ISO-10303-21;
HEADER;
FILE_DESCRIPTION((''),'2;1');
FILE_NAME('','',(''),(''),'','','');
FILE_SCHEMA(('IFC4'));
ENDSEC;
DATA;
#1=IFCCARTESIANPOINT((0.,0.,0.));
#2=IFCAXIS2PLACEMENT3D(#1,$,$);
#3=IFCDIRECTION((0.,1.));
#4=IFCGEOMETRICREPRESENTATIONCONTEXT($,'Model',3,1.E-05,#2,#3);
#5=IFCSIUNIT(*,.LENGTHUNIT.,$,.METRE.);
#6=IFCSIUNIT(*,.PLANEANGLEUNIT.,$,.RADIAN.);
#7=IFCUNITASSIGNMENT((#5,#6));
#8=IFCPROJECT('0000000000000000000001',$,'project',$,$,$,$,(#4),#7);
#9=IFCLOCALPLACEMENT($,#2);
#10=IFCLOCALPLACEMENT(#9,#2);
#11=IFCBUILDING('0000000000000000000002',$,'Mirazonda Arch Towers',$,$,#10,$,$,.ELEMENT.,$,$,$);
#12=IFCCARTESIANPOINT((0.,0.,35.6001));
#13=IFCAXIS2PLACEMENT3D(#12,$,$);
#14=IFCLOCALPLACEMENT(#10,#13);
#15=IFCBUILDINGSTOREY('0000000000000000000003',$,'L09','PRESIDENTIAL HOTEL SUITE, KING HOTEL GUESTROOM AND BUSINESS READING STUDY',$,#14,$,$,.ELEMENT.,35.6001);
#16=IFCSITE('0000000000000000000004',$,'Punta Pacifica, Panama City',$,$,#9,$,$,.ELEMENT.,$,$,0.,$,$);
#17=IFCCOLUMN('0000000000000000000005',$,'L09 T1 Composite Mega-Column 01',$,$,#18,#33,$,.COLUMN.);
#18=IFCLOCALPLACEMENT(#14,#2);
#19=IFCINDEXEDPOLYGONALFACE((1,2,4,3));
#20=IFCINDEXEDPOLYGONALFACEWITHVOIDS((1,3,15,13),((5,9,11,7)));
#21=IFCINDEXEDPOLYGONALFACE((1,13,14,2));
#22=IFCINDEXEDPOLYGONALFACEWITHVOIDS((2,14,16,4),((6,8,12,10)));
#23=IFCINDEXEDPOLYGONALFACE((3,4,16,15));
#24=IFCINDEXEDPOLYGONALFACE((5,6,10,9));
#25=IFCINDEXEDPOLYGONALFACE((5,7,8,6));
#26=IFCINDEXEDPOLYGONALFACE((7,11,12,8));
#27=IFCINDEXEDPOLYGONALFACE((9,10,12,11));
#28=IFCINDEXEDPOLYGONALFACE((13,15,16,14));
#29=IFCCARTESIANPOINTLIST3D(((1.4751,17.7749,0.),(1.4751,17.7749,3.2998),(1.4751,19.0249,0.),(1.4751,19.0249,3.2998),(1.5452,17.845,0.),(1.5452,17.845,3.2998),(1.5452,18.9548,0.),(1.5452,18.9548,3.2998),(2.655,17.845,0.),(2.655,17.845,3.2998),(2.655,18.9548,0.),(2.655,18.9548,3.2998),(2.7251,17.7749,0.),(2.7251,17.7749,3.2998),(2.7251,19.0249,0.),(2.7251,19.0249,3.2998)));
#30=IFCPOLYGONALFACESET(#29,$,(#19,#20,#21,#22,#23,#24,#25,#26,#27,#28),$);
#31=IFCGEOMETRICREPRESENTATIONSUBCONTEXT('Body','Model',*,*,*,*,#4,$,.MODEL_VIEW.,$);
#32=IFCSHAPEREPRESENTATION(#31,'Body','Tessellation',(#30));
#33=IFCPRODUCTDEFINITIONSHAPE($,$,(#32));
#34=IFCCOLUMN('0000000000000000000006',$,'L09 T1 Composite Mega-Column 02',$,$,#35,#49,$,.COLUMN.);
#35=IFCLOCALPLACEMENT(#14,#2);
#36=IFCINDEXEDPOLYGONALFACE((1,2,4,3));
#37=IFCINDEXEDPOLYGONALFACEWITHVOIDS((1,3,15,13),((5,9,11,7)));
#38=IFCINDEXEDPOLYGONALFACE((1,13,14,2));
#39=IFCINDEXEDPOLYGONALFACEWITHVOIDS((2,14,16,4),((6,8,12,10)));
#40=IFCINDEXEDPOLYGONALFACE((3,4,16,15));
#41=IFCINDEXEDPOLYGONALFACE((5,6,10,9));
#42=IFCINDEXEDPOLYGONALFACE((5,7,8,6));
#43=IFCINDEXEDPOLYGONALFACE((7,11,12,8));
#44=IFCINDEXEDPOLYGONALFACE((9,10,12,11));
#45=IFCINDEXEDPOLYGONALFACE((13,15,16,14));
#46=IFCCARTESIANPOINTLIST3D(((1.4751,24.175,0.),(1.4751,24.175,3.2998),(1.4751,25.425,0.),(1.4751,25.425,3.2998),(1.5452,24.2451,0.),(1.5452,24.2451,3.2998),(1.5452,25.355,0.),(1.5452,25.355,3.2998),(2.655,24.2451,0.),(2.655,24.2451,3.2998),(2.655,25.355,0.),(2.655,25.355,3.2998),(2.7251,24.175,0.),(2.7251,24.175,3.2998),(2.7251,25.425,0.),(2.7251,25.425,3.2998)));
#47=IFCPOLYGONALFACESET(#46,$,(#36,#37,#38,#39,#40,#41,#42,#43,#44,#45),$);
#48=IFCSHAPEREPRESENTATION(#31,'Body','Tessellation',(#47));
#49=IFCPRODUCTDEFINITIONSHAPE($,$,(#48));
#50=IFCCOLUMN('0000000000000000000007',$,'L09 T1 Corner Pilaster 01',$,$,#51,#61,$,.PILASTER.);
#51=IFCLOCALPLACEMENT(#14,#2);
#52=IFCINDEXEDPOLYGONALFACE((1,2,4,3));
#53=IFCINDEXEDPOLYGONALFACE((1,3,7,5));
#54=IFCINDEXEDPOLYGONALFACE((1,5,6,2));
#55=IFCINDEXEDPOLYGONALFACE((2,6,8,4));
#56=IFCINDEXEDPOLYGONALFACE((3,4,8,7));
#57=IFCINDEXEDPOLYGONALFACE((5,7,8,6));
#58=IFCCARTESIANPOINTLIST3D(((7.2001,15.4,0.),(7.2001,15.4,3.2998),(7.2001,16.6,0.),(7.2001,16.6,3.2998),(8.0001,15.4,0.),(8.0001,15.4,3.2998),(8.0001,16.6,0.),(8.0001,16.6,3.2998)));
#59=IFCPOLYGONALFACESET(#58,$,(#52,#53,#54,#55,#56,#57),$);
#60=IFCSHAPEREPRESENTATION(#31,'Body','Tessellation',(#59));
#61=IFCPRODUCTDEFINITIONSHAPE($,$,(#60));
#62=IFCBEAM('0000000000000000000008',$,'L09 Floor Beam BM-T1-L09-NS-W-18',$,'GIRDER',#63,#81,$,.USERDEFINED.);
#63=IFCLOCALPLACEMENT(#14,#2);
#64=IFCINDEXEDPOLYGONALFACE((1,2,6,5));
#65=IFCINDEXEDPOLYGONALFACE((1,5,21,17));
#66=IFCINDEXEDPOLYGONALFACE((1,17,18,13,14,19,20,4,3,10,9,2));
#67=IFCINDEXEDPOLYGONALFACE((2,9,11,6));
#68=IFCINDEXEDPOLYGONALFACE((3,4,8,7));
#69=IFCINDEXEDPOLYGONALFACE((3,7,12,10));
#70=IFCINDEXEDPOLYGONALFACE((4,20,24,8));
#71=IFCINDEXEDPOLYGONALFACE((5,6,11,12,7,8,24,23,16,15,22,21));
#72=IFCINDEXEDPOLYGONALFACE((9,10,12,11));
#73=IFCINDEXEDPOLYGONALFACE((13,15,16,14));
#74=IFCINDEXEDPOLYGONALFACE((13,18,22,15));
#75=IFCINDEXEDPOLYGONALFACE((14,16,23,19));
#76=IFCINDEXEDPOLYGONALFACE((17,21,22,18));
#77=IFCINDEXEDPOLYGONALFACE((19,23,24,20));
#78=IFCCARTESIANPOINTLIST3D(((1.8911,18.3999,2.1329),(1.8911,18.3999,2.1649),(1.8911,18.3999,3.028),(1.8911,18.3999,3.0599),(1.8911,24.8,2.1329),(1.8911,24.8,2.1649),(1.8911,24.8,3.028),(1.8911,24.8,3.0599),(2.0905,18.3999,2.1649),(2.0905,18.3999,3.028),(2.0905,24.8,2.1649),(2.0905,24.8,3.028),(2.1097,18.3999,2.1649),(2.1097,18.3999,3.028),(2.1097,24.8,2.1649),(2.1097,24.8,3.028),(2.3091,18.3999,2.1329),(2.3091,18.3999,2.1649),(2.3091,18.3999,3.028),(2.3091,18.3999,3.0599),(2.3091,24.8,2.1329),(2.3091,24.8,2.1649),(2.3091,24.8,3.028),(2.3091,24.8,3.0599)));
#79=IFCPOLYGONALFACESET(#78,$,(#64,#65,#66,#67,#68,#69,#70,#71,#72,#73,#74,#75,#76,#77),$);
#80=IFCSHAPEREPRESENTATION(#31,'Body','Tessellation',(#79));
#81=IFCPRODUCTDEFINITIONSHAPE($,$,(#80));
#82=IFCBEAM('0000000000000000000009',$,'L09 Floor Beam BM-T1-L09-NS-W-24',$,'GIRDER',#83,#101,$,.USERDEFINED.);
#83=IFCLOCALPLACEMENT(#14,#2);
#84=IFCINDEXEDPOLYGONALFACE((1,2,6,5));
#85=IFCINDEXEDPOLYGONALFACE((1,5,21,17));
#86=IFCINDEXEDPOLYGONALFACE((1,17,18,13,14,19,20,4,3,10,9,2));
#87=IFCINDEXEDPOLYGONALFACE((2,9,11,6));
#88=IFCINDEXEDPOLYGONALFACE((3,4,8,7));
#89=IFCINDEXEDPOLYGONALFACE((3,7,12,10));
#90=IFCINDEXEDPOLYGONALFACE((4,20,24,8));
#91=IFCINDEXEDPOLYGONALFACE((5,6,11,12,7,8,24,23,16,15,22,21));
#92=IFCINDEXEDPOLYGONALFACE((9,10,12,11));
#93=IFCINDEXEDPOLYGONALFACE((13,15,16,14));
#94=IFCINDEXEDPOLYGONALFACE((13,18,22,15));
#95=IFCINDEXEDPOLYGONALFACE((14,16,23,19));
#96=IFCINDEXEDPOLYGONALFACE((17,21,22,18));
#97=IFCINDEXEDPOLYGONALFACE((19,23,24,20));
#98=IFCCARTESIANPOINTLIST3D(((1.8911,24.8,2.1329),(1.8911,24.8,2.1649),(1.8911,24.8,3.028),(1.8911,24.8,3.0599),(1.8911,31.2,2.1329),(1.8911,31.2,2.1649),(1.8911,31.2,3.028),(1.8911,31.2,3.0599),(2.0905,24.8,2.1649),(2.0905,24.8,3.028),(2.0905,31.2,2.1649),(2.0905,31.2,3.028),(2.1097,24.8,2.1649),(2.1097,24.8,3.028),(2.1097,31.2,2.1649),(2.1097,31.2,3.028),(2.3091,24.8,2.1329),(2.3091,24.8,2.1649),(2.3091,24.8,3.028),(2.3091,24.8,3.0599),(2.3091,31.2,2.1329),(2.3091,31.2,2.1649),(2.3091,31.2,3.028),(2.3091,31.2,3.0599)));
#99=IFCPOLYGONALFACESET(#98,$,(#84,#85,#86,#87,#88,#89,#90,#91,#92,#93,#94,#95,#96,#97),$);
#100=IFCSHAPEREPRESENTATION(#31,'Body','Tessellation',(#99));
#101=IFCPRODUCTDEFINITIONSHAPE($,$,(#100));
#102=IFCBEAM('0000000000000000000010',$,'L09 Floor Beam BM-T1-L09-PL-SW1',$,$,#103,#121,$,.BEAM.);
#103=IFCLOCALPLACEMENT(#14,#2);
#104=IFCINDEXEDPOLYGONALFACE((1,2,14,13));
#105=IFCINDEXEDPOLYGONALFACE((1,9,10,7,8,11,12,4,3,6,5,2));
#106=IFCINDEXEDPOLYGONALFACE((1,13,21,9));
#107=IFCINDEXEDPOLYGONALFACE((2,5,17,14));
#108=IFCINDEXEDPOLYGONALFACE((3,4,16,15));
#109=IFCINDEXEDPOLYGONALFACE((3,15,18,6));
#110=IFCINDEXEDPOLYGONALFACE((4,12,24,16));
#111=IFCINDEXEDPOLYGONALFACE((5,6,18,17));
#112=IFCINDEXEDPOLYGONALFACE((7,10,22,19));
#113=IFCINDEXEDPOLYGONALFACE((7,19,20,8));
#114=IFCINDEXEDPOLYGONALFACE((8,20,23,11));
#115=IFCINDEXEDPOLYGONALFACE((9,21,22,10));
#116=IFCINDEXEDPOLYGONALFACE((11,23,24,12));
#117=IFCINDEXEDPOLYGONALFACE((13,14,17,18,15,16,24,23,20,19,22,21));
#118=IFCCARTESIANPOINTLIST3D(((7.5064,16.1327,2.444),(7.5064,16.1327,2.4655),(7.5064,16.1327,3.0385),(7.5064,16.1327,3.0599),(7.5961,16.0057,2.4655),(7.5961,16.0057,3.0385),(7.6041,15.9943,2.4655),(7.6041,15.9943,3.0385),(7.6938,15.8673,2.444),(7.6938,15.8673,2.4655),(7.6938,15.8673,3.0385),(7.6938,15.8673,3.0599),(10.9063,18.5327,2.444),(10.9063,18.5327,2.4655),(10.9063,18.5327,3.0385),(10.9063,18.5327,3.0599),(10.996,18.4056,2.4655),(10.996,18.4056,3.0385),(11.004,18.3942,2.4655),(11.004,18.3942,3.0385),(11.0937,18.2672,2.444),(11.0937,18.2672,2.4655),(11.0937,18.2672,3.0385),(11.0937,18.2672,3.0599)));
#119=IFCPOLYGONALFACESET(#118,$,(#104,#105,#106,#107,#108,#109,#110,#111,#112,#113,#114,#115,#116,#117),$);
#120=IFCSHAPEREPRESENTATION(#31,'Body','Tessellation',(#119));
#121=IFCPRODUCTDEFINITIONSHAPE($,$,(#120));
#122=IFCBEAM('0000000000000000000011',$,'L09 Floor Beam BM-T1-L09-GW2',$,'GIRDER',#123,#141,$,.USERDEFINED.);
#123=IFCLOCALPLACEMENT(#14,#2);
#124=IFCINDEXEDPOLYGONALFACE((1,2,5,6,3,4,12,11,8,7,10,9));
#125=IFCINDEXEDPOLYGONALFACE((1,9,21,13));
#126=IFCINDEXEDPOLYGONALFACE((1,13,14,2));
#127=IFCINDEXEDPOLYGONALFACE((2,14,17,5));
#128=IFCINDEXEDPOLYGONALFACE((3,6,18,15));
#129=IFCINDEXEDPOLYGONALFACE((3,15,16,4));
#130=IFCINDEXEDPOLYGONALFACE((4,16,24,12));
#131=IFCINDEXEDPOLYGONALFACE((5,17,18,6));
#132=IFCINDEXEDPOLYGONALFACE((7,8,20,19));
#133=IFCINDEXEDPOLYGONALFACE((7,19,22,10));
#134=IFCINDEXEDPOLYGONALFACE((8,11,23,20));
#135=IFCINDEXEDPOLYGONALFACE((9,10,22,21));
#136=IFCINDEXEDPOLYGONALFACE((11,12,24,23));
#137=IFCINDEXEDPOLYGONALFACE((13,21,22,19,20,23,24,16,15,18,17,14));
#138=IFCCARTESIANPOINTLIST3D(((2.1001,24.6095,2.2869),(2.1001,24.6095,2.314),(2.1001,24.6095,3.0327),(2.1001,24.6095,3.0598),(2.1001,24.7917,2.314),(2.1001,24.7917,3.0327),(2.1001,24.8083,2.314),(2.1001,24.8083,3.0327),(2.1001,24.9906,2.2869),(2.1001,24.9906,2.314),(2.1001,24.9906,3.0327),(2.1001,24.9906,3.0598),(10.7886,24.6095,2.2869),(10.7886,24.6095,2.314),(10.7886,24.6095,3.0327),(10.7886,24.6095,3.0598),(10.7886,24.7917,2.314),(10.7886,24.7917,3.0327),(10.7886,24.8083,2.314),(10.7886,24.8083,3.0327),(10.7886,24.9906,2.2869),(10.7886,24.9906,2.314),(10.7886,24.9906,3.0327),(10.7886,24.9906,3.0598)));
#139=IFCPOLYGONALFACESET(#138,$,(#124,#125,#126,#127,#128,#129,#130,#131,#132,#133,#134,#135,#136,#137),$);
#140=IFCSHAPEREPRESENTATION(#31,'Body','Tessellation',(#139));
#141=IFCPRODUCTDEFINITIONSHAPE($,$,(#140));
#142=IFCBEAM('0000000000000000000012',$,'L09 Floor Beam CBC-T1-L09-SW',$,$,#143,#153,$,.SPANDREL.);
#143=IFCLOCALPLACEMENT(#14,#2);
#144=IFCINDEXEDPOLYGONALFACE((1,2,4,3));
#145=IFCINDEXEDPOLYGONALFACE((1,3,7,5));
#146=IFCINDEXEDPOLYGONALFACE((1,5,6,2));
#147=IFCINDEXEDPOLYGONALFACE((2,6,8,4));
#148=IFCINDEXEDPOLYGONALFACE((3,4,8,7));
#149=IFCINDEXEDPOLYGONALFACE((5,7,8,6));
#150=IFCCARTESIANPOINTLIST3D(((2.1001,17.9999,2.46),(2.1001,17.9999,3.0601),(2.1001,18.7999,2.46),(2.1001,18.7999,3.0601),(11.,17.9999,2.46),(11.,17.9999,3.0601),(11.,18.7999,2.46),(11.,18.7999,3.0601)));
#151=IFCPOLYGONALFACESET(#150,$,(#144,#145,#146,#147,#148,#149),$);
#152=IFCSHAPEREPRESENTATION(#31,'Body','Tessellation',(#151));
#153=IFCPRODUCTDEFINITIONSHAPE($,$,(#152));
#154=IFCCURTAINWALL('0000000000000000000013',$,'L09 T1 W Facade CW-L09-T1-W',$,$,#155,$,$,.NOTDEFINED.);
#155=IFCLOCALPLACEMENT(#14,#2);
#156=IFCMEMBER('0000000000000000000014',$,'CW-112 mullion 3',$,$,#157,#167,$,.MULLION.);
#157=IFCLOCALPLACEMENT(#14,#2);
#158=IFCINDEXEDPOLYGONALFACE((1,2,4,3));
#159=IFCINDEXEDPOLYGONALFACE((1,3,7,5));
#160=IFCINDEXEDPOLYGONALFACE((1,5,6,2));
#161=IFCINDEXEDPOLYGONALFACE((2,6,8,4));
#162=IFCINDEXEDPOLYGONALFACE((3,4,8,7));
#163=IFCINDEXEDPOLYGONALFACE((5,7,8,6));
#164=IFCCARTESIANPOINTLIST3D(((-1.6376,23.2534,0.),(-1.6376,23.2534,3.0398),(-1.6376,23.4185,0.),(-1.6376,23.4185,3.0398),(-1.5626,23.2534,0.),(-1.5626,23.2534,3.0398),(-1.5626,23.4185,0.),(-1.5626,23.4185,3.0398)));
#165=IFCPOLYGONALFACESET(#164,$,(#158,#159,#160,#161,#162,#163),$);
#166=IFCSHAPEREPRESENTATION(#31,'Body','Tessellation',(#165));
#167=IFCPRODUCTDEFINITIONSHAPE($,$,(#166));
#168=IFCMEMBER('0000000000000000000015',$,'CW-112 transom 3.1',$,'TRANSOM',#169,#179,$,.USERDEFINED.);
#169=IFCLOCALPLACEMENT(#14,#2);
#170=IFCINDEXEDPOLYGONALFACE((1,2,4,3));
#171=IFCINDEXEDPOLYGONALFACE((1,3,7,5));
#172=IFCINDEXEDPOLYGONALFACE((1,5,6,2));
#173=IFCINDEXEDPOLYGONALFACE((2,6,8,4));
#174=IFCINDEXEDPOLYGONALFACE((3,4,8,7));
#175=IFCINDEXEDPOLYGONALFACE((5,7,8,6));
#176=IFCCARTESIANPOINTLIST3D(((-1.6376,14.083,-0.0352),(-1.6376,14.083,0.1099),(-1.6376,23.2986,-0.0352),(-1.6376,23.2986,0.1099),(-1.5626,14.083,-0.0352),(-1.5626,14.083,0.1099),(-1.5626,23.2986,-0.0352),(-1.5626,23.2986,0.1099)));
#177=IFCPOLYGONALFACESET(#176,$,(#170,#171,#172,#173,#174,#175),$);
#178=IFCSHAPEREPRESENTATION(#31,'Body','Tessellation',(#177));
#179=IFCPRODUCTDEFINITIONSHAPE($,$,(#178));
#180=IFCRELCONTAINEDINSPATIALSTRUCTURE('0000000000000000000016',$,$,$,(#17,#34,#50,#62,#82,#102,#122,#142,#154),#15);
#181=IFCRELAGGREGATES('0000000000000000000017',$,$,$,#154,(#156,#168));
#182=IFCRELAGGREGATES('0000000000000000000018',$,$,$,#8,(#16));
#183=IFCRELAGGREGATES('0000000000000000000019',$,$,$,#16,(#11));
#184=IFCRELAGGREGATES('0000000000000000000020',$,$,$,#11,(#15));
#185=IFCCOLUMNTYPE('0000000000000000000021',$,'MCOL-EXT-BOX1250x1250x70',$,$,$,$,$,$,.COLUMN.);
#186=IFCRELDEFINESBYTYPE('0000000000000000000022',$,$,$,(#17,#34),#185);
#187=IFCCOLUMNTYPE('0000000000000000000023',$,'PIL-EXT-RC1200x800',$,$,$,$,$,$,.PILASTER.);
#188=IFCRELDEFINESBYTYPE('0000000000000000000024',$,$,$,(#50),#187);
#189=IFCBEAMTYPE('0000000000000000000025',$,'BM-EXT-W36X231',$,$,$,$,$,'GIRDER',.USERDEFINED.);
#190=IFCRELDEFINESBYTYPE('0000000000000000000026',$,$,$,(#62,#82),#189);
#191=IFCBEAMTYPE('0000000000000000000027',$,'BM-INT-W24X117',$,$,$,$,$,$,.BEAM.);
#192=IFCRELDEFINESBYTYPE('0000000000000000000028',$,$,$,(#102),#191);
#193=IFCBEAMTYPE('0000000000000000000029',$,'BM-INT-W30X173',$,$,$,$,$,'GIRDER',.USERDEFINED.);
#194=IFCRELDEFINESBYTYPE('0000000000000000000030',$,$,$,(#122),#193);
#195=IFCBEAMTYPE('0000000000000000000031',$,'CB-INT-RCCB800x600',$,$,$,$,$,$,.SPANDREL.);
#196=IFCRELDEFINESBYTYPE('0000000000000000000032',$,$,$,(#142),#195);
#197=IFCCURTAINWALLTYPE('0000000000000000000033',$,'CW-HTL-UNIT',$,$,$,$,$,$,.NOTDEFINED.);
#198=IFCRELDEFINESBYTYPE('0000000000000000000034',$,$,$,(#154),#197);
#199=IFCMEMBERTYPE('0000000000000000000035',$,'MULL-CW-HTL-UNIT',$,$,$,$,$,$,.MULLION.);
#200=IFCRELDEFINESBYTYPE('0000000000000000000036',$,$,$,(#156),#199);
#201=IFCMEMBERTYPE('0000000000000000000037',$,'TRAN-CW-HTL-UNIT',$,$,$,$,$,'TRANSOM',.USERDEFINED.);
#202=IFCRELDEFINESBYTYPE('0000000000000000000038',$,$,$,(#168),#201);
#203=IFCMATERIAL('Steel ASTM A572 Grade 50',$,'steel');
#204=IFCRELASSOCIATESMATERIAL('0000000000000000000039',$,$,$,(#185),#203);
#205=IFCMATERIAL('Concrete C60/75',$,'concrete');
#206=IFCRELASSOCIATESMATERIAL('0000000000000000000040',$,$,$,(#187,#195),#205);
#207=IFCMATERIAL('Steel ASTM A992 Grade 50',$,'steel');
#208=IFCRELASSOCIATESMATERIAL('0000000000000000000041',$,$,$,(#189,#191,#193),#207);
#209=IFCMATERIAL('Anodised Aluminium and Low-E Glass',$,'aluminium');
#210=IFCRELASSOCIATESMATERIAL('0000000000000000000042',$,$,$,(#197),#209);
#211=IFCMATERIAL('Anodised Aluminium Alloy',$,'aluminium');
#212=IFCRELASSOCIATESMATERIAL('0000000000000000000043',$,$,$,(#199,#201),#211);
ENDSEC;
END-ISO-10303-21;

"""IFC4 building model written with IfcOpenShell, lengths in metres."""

from ifc_helpers import new_model, si_unit, direction, frame, origin, origin_2d, place, context, subcontext, project, spatial, rectangle, hollow_rectangle, i_section, extrude, material, material_profile, profile_set, type_object, element, aggregate, save


model = new_model("IFC4")

# Units and contexts
model_context = context("Model", 3, precision=1e-05, world=origin(), true_north=direction((0.0, 1.0)))
body_context = subcontext(model_context, "Body", "Model", "MODEL_VIEW")
ifc_project = project(units=[si_unit("LENGTHUNIT", "METRE"), si_unit("PLANEANGLEUNIT", "RADIAN")], contexts=[model_context])

# Site, building, storey
site_placement = place(None, origin())
site = spatial("IfcSite", under=ifc_project, at=site_placement, Name="Punta Pacifica, Panama City", CompositionType="ELEMENT", RefElevation=0.0)
building_placement = place(site_placement, origin())
building = spatial("IfcBuilding", under=site, at=building_placement, Name="Mirazonda Arch Towers", CompositionType="ELEMENT")
storey_placement = place(building_placement, frame((0.0, 0.0, 35.6001)))
storey = spatial("IfcBuildingStorey", under=building, at=storey_placement, Name="L09", Description="PRESIDENTIAL HOTEL SUITE, KING HOTEL GUESTROOM AND BUSINESS READING STUDY", CompositionType="ELEMENT", Elevation=35.6001)

# Columns
ifc_material_1 = material(Name="Steel ASTM A572 Grade 50", Category="steel")
ifc_material_profile_1 = material_profile(ifc_material_1, hollow_rectangle(XDim=1.25, YDim=1.25, WallThickness=0.0701, at=origin_2d()), Name="BOX1250x1250x70")
ifc_profile_set_1 = profile_set([ifc_material_profile_1], Name="Steel ASTM A572 Grade 50")
column_type_1 = type_object("IfcColumnType", Name="MCOL-EXT-BOX1250x1250x70", PredefinedType="COLUMN", material=ifc_profile_set_1)
for number, where, z_axis, x_axis, name in (
    (1, (2.1001, 18.3999, 0.0), (0.0, 0.0, 1.0), (1.0, 0.0, 0.0), "L09 T1 Composite Mega-Column 01"),
    (2, (2.1001, 24.8, 0.0), (0.0, 0.0, 1.0), (1.0, 0.0, 0.0), "L09 T1 Composite Mega-Column 02"),
):
    element("IfcColumn", number, at=place(storey_placement, frame(where, z_axis=z_axis, x_axis=x_axis)), inside=storey, type_object=column_type_1, Name=name, PredefinedType="COLUMN", context=body_context, shape_type="SweptSolid", body=[
        extrude(hollow_rectangle(XDim=1.25, YDim=1.25, WallThickness=0.0701, at=origin_2d()), origin(), (0.0, 0.0, 1.0), 3.2998),
    ])
ifc_material_2 = material(Name="Concrete C60/75", Category="concrete")
ifc_material_profile_2 = material_profile(ifc_material_2, rectangle(XDim=0.8, YDim=1.2, at=origin_2d()), Name="RC1200x800")
ifc_profile_set_2 = profile_set([ifc_material_profile_2], Name="Concrete C60/75")
column_type_2 = type_object("IfcColumnType", Name="PIL-EXT-RC1200x800", PredefinedType="PILASTER", material=ifc_profile_set_2)
column_placement = place(storey_placement, frame((7.6001, 16.0, 0.0), z_axis=(0.0, 0.0, 1.0), x_axis=(1.0, 0.0, 0.0)))
element("IfcColumn", 3, at=column_placement, inside=storey, type_object=column_type_2, Name="L09 T1 Corner Pilaster 01", PredefinedType="PILASTER", context=body_context, shape_type="SweptSolid", body=[
    extrude(rectangle(XDim=0.8, YDim=1.2, at=origin_2d()), origin(), (0.0, 0.0, 1.0), 3.2998),
])

# Beams
ifc_material_3 = material(Name="Steel ASTM A992 Grade 50", Category="steel")
ifc_material_profile_3 = material_profile(ifc_material_3, i_section(OverallWidth=0.418, OverallDepth=0.927, WebThickness=0.0193, FlangeThickness=0.032, at=origin_2d()), Name="W36X231")
ifc_profile_set_3 = profile_set([ifc_material_profile_3], Name="Steel ASTM A992 Grade 50")
beam_type_1 = type_object("IfcBeamType", Name="BM-EXT-W36X231", ElementType="GIRDER", PredefinedType="USERDEFINED", material=ifc_profile_set_3)
beam_1_placement = place(storey_placement, frame((2.1001, 18.3999, 2.5964), z_axis=(0.0, 1.0, 0.0), x_axis=(-1.0, 0.0, 0.0)))
element("IfcBeam", 4, at=beam_1_placement, inside=storey, type_object=beam_type_1, Name="L09 Floor Beam BM-T1-L09-NS-W-18", ObjectType="GIRDER", PredefinedType="USERDEFINED", context=body_context, shape_type="SweptSolid", body=[
    extrude(i_section(OverallWidth=0.418, OverallDepth=0.927, WebThickness=0.0193, FlangeThickness=0.032, at=origin_2d()), origin(), (0.0, 0.0, 1.0), 6.4001),
])
beam_2_placement = place(storey_placement, frame((2.1001, 24.8, 2.5964), z_axis=(0.0, 1.0, 0.0), x_axis=(-1.0, 0.0, 0.0)))
element("IfcBeam", 5, at=beam_2_placement, inside=storey, type_object=beam_type_1, Name="L09 Floor Beam BM-T1-L09-NS-W-24", ObjectType="GIRDER", PredefinedType="USERDEFINED", context=body_context, shape_type="SweptSolid", body=[
    extrude(i_section(OverallWidth=0.418, OverallDepth=0.927, WebThickness=0.0193, FlangeThickness=0.032, at=origin_2d()), origin(), (0.0, 0.0, 1.0), 6.3999),
])
ifc_material_profile_4 = material_profile(ifc_material_3, i_section(OverallWidth=0.325, OverallDepth=0.616, WebThickness=0.0139, FlangeThickness=0.0215, at=origin_2d()), Name="W24X117")
ifc_profile_set_4 = profile_set([ifc_material_profile_4], Name="Steel ASTM A992 Grade 50")
beam_type_2 = type_object("IfcBeamType", Name="BM-INT-W24X117", PredefinedType="BEAM", material=ifc_profile_set_4)
beam_3_placement = place(storey_placement, frame((7.6001, 16.0, 2.752), z_axis=(0.816971, 0.576679, 0.0), x_axis=(-0.576679, 0.816971, 0.0)))
element("IfcBeam", 6, at=beam_3_placement, inside=storey, type_object=beam_type_2, Name="L09 Floor Beam BM-T1-L09-PL-SW1", PredefinedType="BEAM", context=body_context, shape_type="SweptSolid", body=[
    extrude(i_section(OverallWidth=0.325, OverallDepth=0.616, WebThickness=0.0139, FlangeThickness=0.0215, at=origin_2d()), origin(), (0.0, 0.0, 1.0), 4.1616),
])
ifc_material_profile_5 = material_profile(ifc_material_3, i_section(OverallWidth=0.3811, OverallDepth=0.7729, WebThickness=0.0166, FlangeThickness=0.0271, at=origin_2d()), Name="W30X173")
ifc_profile_set_5 = profile_set([ifc_material_profile_5], Name="Steel ASTM A992 Grade 50")
beam_type_3 = type_object("IfcBeamType", Name="BM-INT-W30X173", ElementType="GIRDER", PredefinedType="USERDEFINED", material=ifc_profile_set_5)
beam_4_placement = place(storey_placement, frame((2.1001, 24.8, 2.6733), z_axis=(1.0, 0.0, 0.0), x_axis=(0.0, 1.0, 0.0)))
element("IfcBeam", 7, at=beam_4_placement, inside=storey, type_object=beam_type_3, Name="L09 Floor Beam BM-T1-L09-GW2", ObjectType="GIRDER", PredefinedType="USERDEFINED", context=body_context, shape_type="SweptSolid", body=[
    extrude(i_section(OverallWidth=0.3811, OverallDepth=0.7729, WebThickness=0.0166, FlangeThickness=0.0271, at=origin_2d()), origin(), (0.0, 0.0, 1.0), 8.6885),
])
ifc_material_profile_6 = material_profile(ifc_material_2, rectangle(XDim=0.8, YDim=0.6001, at=origin_2d()), Name="RCCB800x600")
ifc_profile_set_6 = profile_set([ifc_material_profile_6], Name="Concrete C60/75")
beam_type_4 = type_object("IfcBeamType", Name="CB-INT-RCCB800x600", PredefinedType="SPANDREL", material=ifc_profile_set_6)
beam_5_placement = place(storey_placement, frame((2.1001, 18.3999, 2.76), z_axis=(1.0, 0.0, 0.0), x_axis=(0.0, 1.0, 0.0)))
element("IfcBeam", 8, at=beam_5_placement, inside=storey, type_object=beam_type_4, Name="L09 Floor Beam CBC-T1-L09-SW", PredefinedType="SPANDREL", context=body_context, shape_type="SweptSolid", body=[
    extrude(rectangle(XDim=0.8, YDim=0.6001, at=origin_2d()), origin(), (0.0, 0.0, 1.0), 8.8999),
])

# Curtain wall, members
ifc_material_4 = material(Name="Anodised Aluminium and Low-E Glass", Category="aluminium")
curtain_wall_type = type_object("IfcCurtainWallType", Name="CW-HTL-UNIT", PredefinedType="NOTDEFINED", material=ifc_material_4)
curtain_wall_placement = place(storey_placement, origin())
curtain_wall = element("IfcCurtainWall", 9, at=curtain_wall_placement, inside=storey, type_object=curtain_wall_type, Name="L09 T1 W Facade CW-L09-T1-W", PredefinedType="NOTDEFINED")
ifc_material_5 = material(Name="Anodised Aluminium Alloy", Category="aluminium")
ifc_material_profile_7 = material_profile(ifc_material_5, rectangle(XDim=0.075, YDim=0.165, at=origin_2d()), Name="ALU-MULL-75x165")
ifc_profile_set_7 = profile_set([ifc_material_profile_7], Name="Anodised Aluminium Alloy")
member_type_1 = type_object("IfcMemberType", Name="MULL-CW-HTL-UNIT", PredefinedType="MULLION", material=ifc_profile_set_7)
member_1_placement = place(storey_placement, frame((-1.6001, 23.3359, 0.0), z_axis=(0.0, 0.0, 1.0), x_axis=(1.0, 0.0, 0.0)))
member_1 = element("IfcMember", 10, at=member_1_placement, type_object=member_type_1, Name="CW-112 mullion 3", PredefinedType="MULLION", context=body_context, shape_type="SweptSolid", body=[
    extrude(rectangle(XDim=0.075, YDim=0.165, at=origin_2d()), origin(), (0.0, 0.0, 1.0), 3.0398),
])
ifc_material_profile_8 = material_profile(ifc_material_5, rectangle(XDim=0.075, YDim=0.145, at=origin_2d()), Name="ALU-TRAN-75x145")
ifc_profile_set_8 = profile_set([ifc_material_profile_8], Name="Anodised Aluminium Alloy")
member_type_2 = type_object("IfcMemberType", Name="TRAN-CW-HTL-UNIT", ElementType="TRANSOM", PredefinedType="USERDEFINED", material=ifc_profile_set_8)
member_2_placement = place(storey_placement, frame((-1.6001, 23.2986, 0.0374), z_axis=(0.0, -1.0, 0.0), x_axis=(1.0, 0.0, 0.0)))
member_2 = element("IfcMember", 11, at=member_2_placement, type_object=member_type_2, Name="CW-112 transom 3.1", ObjectType="TRANSOM", PredefinedType="USERDEFINED", context=body_context, shape_type="SweptSolid", body=[
    extrude(rectangle(XDim=0.075, YDim=0.145, at=origin_2d()), origin(), (0.0, 0.0, 1.0), 9.2156),
])
aggregate(curtain_wall, [member_1, member_2])

save(model, "model.ifc")
